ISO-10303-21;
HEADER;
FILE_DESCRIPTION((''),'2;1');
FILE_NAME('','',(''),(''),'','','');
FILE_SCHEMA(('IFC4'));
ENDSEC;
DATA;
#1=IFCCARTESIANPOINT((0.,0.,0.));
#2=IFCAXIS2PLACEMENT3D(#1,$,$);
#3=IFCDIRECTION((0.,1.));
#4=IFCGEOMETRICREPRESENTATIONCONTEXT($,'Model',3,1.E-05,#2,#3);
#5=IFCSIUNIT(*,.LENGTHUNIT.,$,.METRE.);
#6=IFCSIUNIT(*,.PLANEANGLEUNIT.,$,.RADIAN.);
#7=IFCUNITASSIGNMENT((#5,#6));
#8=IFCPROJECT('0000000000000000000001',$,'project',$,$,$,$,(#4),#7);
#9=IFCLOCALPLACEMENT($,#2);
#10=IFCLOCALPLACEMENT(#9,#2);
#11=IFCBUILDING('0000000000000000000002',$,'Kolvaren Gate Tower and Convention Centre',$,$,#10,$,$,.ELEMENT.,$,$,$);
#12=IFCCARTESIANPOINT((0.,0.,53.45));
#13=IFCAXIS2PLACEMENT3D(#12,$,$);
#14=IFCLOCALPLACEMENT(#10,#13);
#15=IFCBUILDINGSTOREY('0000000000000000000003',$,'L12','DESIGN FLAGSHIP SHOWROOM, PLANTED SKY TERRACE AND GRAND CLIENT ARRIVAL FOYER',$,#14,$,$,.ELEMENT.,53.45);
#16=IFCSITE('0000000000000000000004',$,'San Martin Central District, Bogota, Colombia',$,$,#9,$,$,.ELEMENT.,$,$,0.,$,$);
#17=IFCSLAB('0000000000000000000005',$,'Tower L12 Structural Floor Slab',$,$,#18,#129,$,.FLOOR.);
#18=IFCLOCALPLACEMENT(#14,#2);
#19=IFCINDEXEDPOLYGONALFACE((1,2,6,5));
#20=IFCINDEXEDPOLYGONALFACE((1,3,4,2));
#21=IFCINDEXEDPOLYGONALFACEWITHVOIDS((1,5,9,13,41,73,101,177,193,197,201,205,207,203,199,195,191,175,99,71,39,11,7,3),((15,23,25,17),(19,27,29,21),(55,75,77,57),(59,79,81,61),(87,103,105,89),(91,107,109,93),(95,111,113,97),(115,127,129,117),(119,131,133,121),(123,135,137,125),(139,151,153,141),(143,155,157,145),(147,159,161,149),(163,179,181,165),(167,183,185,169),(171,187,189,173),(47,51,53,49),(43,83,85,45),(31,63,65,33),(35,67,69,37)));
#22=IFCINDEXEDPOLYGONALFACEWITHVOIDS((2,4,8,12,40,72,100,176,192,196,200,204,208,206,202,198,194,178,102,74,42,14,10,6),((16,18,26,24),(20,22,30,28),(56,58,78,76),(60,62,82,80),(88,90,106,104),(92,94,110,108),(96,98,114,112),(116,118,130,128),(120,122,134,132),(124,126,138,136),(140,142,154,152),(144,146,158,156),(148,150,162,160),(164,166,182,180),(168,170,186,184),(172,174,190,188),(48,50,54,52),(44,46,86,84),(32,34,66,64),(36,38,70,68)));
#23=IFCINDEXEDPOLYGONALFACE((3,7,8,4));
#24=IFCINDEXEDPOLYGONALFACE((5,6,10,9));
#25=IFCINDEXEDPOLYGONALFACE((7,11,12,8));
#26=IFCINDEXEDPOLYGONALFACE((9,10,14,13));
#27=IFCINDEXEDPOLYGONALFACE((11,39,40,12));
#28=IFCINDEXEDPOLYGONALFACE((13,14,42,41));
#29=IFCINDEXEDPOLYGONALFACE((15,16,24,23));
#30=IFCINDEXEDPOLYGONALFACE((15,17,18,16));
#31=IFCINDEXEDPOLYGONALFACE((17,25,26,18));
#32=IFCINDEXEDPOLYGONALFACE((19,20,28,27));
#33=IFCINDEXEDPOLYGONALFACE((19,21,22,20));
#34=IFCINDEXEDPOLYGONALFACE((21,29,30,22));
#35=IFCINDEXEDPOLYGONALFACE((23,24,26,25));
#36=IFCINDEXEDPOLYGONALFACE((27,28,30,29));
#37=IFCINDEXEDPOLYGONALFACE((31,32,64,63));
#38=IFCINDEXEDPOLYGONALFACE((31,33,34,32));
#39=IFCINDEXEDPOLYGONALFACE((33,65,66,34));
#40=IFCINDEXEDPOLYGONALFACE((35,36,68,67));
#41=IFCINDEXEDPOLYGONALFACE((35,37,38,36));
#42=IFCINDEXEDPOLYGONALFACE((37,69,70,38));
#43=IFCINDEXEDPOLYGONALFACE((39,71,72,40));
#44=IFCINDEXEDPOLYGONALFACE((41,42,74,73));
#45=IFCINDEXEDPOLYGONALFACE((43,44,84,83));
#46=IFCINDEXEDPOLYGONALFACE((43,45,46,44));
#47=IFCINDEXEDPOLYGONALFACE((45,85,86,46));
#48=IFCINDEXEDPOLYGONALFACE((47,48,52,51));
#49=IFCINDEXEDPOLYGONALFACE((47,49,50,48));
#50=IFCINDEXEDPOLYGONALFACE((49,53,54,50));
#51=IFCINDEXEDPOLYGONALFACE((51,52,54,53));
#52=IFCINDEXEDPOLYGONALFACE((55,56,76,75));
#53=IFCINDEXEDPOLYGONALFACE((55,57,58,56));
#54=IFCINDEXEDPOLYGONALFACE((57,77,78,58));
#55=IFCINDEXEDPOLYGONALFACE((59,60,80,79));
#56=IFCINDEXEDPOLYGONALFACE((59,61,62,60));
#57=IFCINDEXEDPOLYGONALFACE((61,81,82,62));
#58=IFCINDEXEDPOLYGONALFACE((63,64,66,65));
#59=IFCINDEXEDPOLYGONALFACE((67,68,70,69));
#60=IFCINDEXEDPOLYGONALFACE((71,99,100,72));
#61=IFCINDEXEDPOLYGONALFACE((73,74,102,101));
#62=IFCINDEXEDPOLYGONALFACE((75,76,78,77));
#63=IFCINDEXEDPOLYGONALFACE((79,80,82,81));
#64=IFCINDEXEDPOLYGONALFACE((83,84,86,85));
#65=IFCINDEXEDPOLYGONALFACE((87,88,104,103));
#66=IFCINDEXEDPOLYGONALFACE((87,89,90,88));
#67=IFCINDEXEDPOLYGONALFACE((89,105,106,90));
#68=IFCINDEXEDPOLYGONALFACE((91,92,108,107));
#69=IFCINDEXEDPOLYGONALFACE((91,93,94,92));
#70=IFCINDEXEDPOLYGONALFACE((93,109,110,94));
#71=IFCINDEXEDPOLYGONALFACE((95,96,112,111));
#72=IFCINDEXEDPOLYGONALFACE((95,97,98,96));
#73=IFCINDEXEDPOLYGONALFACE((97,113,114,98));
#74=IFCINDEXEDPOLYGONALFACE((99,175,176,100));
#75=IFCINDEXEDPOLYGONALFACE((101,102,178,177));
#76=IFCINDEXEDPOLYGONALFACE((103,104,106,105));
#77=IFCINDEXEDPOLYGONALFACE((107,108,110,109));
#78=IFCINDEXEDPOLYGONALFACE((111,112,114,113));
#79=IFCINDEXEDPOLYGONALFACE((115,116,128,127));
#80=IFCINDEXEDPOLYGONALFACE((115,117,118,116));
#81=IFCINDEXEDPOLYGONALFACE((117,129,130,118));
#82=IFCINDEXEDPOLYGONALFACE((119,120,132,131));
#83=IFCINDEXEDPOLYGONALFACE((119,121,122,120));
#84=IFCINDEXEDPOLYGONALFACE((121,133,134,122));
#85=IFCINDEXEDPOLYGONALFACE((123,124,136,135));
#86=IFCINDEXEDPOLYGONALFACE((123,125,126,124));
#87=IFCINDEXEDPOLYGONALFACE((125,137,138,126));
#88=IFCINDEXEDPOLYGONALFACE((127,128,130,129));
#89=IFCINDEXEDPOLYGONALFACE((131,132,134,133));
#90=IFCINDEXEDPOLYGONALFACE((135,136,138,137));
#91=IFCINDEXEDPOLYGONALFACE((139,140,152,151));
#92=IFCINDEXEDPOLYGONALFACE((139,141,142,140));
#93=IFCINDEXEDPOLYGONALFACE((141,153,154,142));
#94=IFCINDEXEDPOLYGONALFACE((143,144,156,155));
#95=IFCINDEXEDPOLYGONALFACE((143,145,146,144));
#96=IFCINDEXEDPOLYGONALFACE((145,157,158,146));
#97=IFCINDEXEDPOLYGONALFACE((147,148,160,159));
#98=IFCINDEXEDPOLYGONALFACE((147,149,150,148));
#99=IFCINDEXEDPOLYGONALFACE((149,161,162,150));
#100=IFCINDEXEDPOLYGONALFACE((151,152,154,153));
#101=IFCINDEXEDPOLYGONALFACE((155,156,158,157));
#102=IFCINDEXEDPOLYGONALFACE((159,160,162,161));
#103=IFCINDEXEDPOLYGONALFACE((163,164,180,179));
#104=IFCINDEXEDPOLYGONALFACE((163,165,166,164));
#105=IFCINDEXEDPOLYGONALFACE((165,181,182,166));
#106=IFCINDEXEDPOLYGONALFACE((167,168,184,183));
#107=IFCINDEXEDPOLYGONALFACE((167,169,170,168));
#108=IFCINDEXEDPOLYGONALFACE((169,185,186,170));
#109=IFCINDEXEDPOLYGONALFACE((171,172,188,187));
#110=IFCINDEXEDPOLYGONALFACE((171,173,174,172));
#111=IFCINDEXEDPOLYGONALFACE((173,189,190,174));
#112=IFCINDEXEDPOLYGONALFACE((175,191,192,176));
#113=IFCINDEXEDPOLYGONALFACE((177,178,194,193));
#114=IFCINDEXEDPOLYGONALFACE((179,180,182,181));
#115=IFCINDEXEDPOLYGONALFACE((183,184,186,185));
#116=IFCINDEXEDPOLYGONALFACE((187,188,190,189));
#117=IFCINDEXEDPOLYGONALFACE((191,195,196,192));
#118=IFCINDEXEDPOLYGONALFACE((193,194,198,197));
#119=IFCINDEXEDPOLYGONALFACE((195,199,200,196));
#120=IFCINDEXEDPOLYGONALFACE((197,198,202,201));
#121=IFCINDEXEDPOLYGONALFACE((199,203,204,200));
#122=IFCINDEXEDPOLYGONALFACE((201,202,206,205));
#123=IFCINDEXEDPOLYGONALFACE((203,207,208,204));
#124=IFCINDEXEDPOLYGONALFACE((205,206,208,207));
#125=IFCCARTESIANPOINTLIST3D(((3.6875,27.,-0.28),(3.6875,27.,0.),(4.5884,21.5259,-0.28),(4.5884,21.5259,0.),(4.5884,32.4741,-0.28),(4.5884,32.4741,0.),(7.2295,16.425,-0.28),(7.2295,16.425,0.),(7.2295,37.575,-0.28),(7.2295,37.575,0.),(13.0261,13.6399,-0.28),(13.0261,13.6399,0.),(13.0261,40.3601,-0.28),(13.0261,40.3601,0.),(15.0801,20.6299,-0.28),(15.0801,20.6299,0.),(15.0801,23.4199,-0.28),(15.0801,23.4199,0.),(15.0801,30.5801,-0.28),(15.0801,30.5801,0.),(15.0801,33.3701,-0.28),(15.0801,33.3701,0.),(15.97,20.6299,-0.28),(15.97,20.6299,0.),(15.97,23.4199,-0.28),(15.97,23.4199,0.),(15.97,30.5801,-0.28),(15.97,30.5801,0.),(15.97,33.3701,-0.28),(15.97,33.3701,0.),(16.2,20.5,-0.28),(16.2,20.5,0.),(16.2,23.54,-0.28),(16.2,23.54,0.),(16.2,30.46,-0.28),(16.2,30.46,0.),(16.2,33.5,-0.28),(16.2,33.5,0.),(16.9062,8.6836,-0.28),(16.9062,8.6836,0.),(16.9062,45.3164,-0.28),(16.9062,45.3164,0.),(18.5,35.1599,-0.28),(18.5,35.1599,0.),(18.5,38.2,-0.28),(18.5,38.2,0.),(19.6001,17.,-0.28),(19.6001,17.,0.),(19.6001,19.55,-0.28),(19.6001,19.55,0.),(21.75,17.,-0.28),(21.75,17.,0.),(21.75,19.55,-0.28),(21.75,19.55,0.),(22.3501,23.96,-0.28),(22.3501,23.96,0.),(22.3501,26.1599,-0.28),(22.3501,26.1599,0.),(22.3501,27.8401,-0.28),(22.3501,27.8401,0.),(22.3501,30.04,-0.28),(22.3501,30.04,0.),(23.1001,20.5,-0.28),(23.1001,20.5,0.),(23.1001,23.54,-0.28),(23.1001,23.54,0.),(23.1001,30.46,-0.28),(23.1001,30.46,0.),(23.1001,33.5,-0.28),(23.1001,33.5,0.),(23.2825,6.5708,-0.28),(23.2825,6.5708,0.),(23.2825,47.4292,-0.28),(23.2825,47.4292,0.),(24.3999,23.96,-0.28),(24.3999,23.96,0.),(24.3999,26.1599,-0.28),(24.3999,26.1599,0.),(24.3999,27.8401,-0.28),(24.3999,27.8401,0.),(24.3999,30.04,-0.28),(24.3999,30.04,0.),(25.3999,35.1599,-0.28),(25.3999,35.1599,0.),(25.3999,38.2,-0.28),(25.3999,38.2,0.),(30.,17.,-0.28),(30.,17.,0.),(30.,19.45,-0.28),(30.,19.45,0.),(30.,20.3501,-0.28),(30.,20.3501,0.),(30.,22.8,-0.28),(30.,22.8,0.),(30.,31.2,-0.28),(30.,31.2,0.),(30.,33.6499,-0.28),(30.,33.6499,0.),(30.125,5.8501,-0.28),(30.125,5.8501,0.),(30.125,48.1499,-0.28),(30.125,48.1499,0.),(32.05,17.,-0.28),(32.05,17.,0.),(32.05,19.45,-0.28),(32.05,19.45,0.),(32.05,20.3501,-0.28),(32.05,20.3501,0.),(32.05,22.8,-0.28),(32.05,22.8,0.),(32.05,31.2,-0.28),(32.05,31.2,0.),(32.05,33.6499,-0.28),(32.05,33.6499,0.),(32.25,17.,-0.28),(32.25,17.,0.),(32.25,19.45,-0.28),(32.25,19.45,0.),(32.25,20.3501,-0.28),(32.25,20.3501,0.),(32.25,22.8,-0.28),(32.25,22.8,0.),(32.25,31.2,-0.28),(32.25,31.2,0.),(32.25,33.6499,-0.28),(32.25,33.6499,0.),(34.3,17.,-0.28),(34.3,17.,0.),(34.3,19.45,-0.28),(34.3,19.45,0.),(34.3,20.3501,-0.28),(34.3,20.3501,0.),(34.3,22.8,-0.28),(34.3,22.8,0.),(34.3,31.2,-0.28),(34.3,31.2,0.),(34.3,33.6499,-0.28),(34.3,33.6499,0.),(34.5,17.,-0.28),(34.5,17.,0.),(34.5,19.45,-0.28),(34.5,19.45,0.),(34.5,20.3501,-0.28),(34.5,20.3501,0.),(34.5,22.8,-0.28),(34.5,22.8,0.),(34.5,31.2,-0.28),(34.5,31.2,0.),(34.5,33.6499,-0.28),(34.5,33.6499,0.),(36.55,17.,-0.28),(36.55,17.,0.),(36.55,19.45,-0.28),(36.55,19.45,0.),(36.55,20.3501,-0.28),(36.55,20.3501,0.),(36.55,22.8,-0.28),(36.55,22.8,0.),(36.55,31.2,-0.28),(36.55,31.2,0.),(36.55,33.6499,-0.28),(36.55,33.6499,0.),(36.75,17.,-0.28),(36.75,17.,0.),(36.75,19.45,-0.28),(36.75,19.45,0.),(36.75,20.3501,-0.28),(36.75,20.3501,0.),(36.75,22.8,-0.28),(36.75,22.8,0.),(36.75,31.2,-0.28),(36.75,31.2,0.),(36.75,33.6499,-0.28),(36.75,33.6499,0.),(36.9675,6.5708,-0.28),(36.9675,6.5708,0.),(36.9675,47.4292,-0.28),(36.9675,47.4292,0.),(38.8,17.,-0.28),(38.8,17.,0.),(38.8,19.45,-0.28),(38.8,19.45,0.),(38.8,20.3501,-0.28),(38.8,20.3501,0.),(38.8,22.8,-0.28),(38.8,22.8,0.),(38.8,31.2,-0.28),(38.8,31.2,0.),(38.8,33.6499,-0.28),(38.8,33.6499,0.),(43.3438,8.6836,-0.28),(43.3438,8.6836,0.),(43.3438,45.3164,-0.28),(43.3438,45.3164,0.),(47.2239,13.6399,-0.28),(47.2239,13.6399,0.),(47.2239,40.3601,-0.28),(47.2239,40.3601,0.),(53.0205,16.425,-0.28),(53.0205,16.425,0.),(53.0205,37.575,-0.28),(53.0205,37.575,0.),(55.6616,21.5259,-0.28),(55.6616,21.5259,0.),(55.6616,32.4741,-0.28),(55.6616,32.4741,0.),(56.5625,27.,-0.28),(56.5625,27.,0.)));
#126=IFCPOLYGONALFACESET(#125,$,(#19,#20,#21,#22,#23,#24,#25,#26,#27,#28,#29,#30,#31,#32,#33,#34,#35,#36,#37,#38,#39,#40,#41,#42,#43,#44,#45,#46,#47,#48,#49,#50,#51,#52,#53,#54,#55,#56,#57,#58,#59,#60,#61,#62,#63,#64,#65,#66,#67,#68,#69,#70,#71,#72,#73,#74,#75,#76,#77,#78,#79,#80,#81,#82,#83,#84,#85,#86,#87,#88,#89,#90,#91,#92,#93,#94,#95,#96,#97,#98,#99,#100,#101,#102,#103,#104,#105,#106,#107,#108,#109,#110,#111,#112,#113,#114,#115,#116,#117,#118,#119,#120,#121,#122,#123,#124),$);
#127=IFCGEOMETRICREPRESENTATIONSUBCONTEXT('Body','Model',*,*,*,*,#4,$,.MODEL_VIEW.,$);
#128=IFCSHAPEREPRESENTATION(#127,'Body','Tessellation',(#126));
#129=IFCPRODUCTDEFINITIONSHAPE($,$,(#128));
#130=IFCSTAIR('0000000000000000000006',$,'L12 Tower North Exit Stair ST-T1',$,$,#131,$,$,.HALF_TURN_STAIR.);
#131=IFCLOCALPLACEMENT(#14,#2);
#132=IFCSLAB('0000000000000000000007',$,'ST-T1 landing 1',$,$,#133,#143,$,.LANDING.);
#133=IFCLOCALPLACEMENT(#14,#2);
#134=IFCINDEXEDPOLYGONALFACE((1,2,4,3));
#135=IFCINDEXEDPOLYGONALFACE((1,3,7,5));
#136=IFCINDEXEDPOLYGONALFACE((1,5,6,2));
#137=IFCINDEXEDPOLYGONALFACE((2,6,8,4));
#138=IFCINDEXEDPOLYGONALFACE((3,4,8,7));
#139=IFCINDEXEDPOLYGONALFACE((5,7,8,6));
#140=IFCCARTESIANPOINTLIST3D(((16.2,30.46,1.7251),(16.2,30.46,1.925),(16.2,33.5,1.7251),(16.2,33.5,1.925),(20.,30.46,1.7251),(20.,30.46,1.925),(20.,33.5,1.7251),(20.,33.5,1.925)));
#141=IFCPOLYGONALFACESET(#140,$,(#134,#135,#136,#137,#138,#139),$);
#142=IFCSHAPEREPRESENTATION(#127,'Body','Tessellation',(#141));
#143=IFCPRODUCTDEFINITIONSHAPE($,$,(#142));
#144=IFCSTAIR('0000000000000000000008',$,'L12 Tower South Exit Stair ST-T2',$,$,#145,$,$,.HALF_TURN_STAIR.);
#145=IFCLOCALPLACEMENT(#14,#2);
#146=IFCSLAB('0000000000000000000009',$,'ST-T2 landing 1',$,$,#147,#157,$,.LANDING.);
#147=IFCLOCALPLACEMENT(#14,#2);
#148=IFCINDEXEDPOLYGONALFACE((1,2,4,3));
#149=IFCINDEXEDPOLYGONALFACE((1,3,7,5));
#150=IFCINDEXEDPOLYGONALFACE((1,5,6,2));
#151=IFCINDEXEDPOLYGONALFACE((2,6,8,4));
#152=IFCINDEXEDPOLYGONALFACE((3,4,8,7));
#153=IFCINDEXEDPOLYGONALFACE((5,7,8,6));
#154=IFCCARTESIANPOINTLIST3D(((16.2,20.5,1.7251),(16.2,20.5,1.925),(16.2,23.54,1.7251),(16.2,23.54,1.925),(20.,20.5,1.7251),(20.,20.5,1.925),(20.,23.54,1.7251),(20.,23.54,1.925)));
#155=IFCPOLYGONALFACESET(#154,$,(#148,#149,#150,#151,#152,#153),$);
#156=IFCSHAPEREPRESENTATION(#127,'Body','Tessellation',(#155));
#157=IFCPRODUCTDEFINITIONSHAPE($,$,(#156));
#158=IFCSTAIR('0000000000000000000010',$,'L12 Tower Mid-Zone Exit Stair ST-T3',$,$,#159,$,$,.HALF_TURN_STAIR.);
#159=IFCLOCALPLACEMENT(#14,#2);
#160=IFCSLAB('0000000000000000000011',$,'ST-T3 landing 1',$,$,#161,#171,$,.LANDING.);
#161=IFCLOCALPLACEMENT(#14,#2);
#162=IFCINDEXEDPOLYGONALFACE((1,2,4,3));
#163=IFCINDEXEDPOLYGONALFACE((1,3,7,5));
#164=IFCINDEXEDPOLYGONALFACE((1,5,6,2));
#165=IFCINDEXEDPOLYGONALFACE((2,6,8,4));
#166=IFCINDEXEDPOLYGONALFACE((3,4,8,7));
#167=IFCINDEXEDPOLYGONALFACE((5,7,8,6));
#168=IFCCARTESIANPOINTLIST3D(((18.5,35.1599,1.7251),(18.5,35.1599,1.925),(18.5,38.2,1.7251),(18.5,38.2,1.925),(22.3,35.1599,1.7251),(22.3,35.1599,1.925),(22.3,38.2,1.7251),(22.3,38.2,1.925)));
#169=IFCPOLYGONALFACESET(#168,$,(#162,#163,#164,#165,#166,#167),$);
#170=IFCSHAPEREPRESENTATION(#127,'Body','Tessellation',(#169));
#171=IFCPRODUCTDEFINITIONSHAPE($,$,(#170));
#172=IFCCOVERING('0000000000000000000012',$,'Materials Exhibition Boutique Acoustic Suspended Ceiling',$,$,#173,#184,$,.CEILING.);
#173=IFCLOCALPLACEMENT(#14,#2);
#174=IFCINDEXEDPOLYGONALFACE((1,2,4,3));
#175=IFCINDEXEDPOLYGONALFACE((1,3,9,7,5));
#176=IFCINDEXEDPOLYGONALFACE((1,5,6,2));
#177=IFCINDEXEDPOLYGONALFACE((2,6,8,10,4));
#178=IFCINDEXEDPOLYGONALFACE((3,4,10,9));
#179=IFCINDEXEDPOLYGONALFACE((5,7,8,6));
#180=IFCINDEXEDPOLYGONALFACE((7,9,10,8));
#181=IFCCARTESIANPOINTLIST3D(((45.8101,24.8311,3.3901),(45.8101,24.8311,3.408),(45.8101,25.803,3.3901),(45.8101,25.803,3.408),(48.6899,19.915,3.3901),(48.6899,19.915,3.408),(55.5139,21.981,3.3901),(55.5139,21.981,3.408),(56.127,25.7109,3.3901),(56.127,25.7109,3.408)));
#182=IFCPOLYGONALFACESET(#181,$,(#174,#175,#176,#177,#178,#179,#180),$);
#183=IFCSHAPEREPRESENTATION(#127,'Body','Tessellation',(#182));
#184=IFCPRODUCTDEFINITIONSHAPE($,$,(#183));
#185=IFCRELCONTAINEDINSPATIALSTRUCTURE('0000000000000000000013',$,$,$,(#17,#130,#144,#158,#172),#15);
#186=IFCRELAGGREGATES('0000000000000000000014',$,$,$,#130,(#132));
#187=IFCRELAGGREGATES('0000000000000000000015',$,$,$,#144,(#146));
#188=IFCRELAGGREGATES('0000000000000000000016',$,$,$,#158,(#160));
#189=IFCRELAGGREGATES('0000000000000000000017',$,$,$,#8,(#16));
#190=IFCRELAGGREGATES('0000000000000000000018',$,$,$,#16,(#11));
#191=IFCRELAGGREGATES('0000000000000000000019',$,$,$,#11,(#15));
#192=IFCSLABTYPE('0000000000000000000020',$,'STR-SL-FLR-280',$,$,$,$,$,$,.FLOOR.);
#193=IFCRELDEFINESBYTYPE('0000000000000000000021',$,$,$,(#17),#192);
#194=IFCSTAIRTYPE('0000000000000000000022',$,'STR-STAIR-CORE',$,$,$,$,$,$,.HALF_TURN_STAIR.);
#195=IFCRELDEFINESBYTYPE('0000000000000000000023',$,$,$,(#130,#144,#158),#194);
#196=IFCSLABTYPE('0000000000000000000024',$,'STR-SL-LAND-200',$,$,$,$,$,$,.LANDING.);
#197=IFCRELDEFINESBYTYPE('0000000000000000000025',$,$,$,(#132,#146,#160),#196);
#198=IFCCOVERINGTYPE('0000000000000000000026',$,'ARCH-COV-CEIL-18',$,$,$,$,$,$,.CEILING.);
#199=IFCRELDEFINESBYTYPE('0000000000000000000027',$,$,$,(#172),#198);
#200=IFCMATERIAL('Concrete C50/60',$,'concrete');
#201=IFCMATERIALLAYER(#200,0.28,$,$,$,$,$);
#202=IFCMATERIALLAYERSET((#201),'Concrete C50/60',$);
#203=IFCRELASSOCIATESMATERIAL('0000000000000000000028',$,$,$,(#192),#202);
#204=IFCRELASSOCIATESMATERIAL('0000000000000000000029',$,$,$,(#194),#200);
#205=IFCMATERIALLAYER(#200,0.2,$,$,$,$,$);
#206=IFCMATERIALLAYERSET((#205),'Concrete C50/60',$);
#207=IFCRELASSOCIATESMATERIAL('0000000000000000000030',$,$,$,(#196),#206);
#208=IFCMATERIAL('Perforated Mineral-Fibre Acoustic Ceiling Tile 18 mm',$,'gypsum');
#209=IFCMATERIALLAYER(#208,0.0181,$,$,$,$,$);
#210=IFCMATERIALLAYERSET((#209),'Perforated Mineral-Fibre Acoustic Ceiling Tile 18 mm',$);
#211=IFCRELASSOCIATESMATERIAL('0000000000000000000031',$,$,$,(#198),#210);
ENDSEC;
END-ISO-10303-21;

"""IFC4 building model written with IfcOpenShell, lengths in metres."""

from ifc_helpers import new_model, si_unit, direction, frame, origin, place, context, subcontext, project, spatial, polyline, outline, extrude, material, layer, layer_set, type_object, element, aggregate, save


model = new_model("IFC4")

# Units and contexts
model_context = context("Model", 3, precision=1e-05, world=origin(), true_north=direction((0.0, 1.0)))
body_context = subcontext(model_context, "Body", "Model", "MODEL_VIEW")
ifc_project = project(units=[si_unit("LENGTHUNIT", "METRE"), si_unit("PLANEANGLEUNIT", "RADIAN")], contexts=[model_context])

# Site, building, storey
site_placement = place(None, origin())
site = spatial("IfcSite", under=ifc_project, at=site_placement, Name="San Martin Central District, Bogota, Colombia", CompositionType="ELEMENT", RefElevation=0.0)
building_placement = place(site_placement, origin())
building = spatial("IfcBuilding", under=site, at=building_placement, Name="Kolvaren Gate Tower and Convention Centre", CompositionType="ELEMENT")
storey_placement = place(building_placement, frame((0.0, 0.0, 53.45)))
storey = spatial("IfcBuildingStorey", under=building, at=storey_placement, Name="L12", Description="DESIGN FLAGSHIP SHOWROOM, PLANTED SKY TERRACE AND GRAND CLIENT ARRIVAL FOYER", CompositionType="ELEMENT", Elevation=53.45)

# Slab
ifc_material_1 = material(Name="Concrete C50/60", Category="concrete")
ifc_layer_1 = layer(ifc_material_1, 0.28)
ifc_layer_set_1 = layer_set([ifc_layer_1], Name="Concrete C50/60")
slab_type_1 = type_object("IfcSlabType", Name="STR-SL-FLR-280", PredefinedType="FLOOR", material=ifc_layer_set_1)
slab_1_placement = place(storey_placement, frame((0.0, 0.0, -0.28)))
element("IfcSlab", 1, at=slab_1_placement, inside=storey, type_object=slab_type_1, Name="Tower L12 Structural Floor Slab", PredefinedType="FLOOR", context=body_context, shape_type="SweptSolid", body=[
    extrude(outline(polyline([(56.5625, 27.0), (55.6616, 32.4741), (53.0205, 37.575), (47.2239, 40.3601), (43.3438, 45.3164), (36.9675, 47.4292), (30.125, 48.1499), (23.2825, 47.4292), (16.9062, 45.3164), (13.0261, 40.3601), (7.2295, 37.575), (4.5884, 32.4741), (3.6875, 27.0), (4.5884, 21.5259), (7.2295, 16.425), (13.0261, 13.6399), (16.9062, 8.6836), (23.2825, 6.5708), (30.125, 5.8501), (36.9675, 6.5708), (43.3438, 8.6836), (47.2239, 13.6399), (53.0205, 16.425), (55.6616, 21.5259), (56.5625, 27.0)]), holes=[polyline([(36.75, 33.6499), (38.8, 33.6499), (38.8, 31.2), (36.75, 31.2), (36.75, 33.6499)]), polyline([(36.75, 20.3501), (36.75, 22.8), (38.8, 22.8), (38.8, 20.3501), (36.75, 20.3501)]), polyline([(36.75, 17.0), (36.75, 19.45), (38.8, 19.45), (38.8, 17.0), (36.75, 17.0)]), polyline([(34.5, 33.6499), (36.55, 33.6499), (36.55, 31.2), (34.5, 31.2), (34.5, 33.6499)]), polyline([(34.5, 22.8), (36.55, 22.8), (36.55, 20.3501), (34.5, 20.3501), (34.5, 22.8)]), polyline([(34.5, 17.0), (34.5, 19.45), (36.55, 19.45), (36.55, 17.0), (34.5, 17.0)]), polyline([(32.25, 31.2), (32.25, 33.6499), (34.3, 33.6499), (34.3, 31.2), (32.25, 31.2)]), polyline([(32.25, 22.8), (34.3, 22.8), (34.3, 20.3501), (32.25, 20.3501), (32.25, 22.8)]), polyline([(32.25, 17.0), (32.25, 19.45), (34.3, 19.45), (34.3, 17.0), (32.25, 17.0)]), polyline([(30.0, 31.2), (30.0, 33.6499), (32.05, 33.6499), (32.05, 31.2), (30.0, 31.2)]), polyline([(30.0, 20.3501), (30.0, 22.8), (32.05, 22.8), (32.05, 20.3501), (30.0, 20.3501)]), polyline([(30.0, 17.0), (30.0, 19.45), (32.05, 19.45), (32.05, 17.0), (30.0, 17.0)]), polyline([(25.3999, 35.1599), (18.5, 35.1599), (18.5, 38.2), (25.3999, 38.2), (25.3999, 35.1599)]), polyline([(22.3501, 27.8401), (22.3501, 30.04), (24.3999, 30.04), (24.3999, 27.8401), (22.3501, 27.8401)]), polyline([(22.3501, 23.96), (22.3501, 26.1599), (24.3999, 26.1599), (24.3999, 23.96), (22.3501, 23.96)]), polyline([(23.1001, 30.46), (16.2, 30.46), (16.2, 33.5), (23.1001, 33.5), (23.1001, 30.46)]), polyline([(23.1001, 20.5), (16.2, 20.5), (16.2, 23.54), (23.1001, 23.54), (23.1001, 20.5)]), polyline([(19.6001, 17.0), (19.6001, 19.55), (21.75, 19.55), (21.75, 17.0), (19.6001, 17.0)]), polyline([(15.0801, 23.4199), (15.97, 23.4199), (15.97, 20.6299), (15.0801, 20.6299), (15.0801, 23.4199)]), polyline([(15.0801, 30.5801), (15.0801, 33.3701), (15.97, 33.3701), (15.97, 30.5801), (15.0801, 30.5801)])]), origin(), (0.0, 0.0, 1.0), 0.28),
])

# Stairs, slabs
stair_type = type_object("IfcStairType", Name="STR-STAIR-CORE", PredefinedType="HALF_TURN_STAIR", material=ifc_material_1)
stair_1_placement = place(storey_placement, origin())
stair_1 = element("IfcStair", 2, at=stair_1_placement, inside=storey, type_object=stair_type, Name="L12 Tower North Exit Stair ST-T1", PredefinedType="HALF_TURN_STAIR")
ifc_layer_2 = layer(ifc_material_1, 0.2)
ifc_layer_set_2 = layer_set([ifc_layer_2], Name="Concrete C50/60")
slab_type_2 = type_object("IfcSlabType", Name="STR-SL-LAND-200", PredefinedType="LANDING", material=ifc_layer_set_2)
slab_2_placement = place(storey_placement, frame((0.0, 0.0, 1.7251)))
slab_2 = element("IfcSlab", 3, at=slab_2_placement, type_object=slab_type_2, Name="ST-T1 landing 1", PredefinedType="LANDING", context=body_context, shape_type="SweptSolid", body=[
    extrude(outline(polyline([(20.0, 33.5), (16.2, 33.5), (16.2, 30.46), (20.0, 30.46), (20.0, 33.5)])), origin(), (0.0, 0.0, 1.0), 0.2),
])
aggregate(stair_1, [slab_2])
stair_2_placement = place(storey_placement, origin())
stair_2 = element("IfcStair", 4, at=stair_2_placement, inside=storey, type_object=stair_type, Name="L12 Tower South Exit Stair ST-T2", PredefinedType="HALF_TURN_STAIR")
slab_3_placement = place(storey_placement, frame((0.0, 0.0, 1.7251)))
slab_3 = element("IfcSlab", 5, at=slab_3_placement, type_object=slab_type_2, Name="ST-T2 landing 1", PredefinedType="LANDING", context=body_context, shape_type="SweptSolid", body=[
    extrude(outline(polyline([(20.0, 23.54), (16.2, 23.54), (16.2, 20.5), (20.0, 20.5), (20.0, 23.54)])), origin(), (0.0, 0.0, 1.0), 0.2),
])
aggregate(stair_2, [slab_3])
stair_3_placement = place(storey_placement, origin())
stair_3 = element("IfcStair", 6, at=stair_3_placement, inside=storey, type_object=stair_type, Name="L12 Tower Mid-Zone Exit Stair ST-T3", PredefinedType="HALF_TURN_STAIR")
slab_4_placement = place(storey_placement, frame((0.0, 0.0, 1.7251)))
slab_4 = element("IfcSlab", 7, at=slab_4_placement, type_object=slab_type_2, Name="ST-T3 landing 1", PredefinedType="LANDING", context=body_context, shape_type="SweptSolid", body=[
    extrude(outline(polyline([(22.3, 38.2), (18.5, 38.2), (18.5, 35.1599), (22.3, 35.1599), (22.3, 38.2)])), origin(), (0.0, 0.0, 1.0), 0.2),
])
aggregate(stair_3, [slab_4])

# Covering
ifc_material_2 = material(Name="Perforated Mineral-Fibre Acoustic Ceiling Tile 18 mm", Category="gypsum")
ifc_layer_3 = layer(ifc_material_2, 0.0181)
ifc_layer_set_3 = layer_set([ifc_layer_3], Name="Perforated Mineral-Fibre Acoustic Ceiling Tile 18 mm")
covering_type_1 = type_object("IfcCoveringType", Name="ARCH-COV-CEIL-18", PredefinedType="CEILING", material=ifc_layer_set_3)
covering_1_placement = place(storey_placement, frame((0.0, 0.0, 3.3901)))
element("IfcCovering", 8, at=covering_1_placement, inside=storey, type_object=covering_type_1, Name="Materials Exhibition Boutique Acoustic Suspended Ceiling", PredefinedType="CEILING", context=body_context, shape_type="SweptSolid", body=[
    extrude(outline(polyline([(48.6899, 19.915), (45.8101, 24.8311), (45.8101, 25.803), (56.127, 25.7109), (55.5139, 21.981), (48.6899, 19.915)])), origin(), (0.0, 0.0, 1.0), 0.0178),
])

save(model, "model.ifc")
